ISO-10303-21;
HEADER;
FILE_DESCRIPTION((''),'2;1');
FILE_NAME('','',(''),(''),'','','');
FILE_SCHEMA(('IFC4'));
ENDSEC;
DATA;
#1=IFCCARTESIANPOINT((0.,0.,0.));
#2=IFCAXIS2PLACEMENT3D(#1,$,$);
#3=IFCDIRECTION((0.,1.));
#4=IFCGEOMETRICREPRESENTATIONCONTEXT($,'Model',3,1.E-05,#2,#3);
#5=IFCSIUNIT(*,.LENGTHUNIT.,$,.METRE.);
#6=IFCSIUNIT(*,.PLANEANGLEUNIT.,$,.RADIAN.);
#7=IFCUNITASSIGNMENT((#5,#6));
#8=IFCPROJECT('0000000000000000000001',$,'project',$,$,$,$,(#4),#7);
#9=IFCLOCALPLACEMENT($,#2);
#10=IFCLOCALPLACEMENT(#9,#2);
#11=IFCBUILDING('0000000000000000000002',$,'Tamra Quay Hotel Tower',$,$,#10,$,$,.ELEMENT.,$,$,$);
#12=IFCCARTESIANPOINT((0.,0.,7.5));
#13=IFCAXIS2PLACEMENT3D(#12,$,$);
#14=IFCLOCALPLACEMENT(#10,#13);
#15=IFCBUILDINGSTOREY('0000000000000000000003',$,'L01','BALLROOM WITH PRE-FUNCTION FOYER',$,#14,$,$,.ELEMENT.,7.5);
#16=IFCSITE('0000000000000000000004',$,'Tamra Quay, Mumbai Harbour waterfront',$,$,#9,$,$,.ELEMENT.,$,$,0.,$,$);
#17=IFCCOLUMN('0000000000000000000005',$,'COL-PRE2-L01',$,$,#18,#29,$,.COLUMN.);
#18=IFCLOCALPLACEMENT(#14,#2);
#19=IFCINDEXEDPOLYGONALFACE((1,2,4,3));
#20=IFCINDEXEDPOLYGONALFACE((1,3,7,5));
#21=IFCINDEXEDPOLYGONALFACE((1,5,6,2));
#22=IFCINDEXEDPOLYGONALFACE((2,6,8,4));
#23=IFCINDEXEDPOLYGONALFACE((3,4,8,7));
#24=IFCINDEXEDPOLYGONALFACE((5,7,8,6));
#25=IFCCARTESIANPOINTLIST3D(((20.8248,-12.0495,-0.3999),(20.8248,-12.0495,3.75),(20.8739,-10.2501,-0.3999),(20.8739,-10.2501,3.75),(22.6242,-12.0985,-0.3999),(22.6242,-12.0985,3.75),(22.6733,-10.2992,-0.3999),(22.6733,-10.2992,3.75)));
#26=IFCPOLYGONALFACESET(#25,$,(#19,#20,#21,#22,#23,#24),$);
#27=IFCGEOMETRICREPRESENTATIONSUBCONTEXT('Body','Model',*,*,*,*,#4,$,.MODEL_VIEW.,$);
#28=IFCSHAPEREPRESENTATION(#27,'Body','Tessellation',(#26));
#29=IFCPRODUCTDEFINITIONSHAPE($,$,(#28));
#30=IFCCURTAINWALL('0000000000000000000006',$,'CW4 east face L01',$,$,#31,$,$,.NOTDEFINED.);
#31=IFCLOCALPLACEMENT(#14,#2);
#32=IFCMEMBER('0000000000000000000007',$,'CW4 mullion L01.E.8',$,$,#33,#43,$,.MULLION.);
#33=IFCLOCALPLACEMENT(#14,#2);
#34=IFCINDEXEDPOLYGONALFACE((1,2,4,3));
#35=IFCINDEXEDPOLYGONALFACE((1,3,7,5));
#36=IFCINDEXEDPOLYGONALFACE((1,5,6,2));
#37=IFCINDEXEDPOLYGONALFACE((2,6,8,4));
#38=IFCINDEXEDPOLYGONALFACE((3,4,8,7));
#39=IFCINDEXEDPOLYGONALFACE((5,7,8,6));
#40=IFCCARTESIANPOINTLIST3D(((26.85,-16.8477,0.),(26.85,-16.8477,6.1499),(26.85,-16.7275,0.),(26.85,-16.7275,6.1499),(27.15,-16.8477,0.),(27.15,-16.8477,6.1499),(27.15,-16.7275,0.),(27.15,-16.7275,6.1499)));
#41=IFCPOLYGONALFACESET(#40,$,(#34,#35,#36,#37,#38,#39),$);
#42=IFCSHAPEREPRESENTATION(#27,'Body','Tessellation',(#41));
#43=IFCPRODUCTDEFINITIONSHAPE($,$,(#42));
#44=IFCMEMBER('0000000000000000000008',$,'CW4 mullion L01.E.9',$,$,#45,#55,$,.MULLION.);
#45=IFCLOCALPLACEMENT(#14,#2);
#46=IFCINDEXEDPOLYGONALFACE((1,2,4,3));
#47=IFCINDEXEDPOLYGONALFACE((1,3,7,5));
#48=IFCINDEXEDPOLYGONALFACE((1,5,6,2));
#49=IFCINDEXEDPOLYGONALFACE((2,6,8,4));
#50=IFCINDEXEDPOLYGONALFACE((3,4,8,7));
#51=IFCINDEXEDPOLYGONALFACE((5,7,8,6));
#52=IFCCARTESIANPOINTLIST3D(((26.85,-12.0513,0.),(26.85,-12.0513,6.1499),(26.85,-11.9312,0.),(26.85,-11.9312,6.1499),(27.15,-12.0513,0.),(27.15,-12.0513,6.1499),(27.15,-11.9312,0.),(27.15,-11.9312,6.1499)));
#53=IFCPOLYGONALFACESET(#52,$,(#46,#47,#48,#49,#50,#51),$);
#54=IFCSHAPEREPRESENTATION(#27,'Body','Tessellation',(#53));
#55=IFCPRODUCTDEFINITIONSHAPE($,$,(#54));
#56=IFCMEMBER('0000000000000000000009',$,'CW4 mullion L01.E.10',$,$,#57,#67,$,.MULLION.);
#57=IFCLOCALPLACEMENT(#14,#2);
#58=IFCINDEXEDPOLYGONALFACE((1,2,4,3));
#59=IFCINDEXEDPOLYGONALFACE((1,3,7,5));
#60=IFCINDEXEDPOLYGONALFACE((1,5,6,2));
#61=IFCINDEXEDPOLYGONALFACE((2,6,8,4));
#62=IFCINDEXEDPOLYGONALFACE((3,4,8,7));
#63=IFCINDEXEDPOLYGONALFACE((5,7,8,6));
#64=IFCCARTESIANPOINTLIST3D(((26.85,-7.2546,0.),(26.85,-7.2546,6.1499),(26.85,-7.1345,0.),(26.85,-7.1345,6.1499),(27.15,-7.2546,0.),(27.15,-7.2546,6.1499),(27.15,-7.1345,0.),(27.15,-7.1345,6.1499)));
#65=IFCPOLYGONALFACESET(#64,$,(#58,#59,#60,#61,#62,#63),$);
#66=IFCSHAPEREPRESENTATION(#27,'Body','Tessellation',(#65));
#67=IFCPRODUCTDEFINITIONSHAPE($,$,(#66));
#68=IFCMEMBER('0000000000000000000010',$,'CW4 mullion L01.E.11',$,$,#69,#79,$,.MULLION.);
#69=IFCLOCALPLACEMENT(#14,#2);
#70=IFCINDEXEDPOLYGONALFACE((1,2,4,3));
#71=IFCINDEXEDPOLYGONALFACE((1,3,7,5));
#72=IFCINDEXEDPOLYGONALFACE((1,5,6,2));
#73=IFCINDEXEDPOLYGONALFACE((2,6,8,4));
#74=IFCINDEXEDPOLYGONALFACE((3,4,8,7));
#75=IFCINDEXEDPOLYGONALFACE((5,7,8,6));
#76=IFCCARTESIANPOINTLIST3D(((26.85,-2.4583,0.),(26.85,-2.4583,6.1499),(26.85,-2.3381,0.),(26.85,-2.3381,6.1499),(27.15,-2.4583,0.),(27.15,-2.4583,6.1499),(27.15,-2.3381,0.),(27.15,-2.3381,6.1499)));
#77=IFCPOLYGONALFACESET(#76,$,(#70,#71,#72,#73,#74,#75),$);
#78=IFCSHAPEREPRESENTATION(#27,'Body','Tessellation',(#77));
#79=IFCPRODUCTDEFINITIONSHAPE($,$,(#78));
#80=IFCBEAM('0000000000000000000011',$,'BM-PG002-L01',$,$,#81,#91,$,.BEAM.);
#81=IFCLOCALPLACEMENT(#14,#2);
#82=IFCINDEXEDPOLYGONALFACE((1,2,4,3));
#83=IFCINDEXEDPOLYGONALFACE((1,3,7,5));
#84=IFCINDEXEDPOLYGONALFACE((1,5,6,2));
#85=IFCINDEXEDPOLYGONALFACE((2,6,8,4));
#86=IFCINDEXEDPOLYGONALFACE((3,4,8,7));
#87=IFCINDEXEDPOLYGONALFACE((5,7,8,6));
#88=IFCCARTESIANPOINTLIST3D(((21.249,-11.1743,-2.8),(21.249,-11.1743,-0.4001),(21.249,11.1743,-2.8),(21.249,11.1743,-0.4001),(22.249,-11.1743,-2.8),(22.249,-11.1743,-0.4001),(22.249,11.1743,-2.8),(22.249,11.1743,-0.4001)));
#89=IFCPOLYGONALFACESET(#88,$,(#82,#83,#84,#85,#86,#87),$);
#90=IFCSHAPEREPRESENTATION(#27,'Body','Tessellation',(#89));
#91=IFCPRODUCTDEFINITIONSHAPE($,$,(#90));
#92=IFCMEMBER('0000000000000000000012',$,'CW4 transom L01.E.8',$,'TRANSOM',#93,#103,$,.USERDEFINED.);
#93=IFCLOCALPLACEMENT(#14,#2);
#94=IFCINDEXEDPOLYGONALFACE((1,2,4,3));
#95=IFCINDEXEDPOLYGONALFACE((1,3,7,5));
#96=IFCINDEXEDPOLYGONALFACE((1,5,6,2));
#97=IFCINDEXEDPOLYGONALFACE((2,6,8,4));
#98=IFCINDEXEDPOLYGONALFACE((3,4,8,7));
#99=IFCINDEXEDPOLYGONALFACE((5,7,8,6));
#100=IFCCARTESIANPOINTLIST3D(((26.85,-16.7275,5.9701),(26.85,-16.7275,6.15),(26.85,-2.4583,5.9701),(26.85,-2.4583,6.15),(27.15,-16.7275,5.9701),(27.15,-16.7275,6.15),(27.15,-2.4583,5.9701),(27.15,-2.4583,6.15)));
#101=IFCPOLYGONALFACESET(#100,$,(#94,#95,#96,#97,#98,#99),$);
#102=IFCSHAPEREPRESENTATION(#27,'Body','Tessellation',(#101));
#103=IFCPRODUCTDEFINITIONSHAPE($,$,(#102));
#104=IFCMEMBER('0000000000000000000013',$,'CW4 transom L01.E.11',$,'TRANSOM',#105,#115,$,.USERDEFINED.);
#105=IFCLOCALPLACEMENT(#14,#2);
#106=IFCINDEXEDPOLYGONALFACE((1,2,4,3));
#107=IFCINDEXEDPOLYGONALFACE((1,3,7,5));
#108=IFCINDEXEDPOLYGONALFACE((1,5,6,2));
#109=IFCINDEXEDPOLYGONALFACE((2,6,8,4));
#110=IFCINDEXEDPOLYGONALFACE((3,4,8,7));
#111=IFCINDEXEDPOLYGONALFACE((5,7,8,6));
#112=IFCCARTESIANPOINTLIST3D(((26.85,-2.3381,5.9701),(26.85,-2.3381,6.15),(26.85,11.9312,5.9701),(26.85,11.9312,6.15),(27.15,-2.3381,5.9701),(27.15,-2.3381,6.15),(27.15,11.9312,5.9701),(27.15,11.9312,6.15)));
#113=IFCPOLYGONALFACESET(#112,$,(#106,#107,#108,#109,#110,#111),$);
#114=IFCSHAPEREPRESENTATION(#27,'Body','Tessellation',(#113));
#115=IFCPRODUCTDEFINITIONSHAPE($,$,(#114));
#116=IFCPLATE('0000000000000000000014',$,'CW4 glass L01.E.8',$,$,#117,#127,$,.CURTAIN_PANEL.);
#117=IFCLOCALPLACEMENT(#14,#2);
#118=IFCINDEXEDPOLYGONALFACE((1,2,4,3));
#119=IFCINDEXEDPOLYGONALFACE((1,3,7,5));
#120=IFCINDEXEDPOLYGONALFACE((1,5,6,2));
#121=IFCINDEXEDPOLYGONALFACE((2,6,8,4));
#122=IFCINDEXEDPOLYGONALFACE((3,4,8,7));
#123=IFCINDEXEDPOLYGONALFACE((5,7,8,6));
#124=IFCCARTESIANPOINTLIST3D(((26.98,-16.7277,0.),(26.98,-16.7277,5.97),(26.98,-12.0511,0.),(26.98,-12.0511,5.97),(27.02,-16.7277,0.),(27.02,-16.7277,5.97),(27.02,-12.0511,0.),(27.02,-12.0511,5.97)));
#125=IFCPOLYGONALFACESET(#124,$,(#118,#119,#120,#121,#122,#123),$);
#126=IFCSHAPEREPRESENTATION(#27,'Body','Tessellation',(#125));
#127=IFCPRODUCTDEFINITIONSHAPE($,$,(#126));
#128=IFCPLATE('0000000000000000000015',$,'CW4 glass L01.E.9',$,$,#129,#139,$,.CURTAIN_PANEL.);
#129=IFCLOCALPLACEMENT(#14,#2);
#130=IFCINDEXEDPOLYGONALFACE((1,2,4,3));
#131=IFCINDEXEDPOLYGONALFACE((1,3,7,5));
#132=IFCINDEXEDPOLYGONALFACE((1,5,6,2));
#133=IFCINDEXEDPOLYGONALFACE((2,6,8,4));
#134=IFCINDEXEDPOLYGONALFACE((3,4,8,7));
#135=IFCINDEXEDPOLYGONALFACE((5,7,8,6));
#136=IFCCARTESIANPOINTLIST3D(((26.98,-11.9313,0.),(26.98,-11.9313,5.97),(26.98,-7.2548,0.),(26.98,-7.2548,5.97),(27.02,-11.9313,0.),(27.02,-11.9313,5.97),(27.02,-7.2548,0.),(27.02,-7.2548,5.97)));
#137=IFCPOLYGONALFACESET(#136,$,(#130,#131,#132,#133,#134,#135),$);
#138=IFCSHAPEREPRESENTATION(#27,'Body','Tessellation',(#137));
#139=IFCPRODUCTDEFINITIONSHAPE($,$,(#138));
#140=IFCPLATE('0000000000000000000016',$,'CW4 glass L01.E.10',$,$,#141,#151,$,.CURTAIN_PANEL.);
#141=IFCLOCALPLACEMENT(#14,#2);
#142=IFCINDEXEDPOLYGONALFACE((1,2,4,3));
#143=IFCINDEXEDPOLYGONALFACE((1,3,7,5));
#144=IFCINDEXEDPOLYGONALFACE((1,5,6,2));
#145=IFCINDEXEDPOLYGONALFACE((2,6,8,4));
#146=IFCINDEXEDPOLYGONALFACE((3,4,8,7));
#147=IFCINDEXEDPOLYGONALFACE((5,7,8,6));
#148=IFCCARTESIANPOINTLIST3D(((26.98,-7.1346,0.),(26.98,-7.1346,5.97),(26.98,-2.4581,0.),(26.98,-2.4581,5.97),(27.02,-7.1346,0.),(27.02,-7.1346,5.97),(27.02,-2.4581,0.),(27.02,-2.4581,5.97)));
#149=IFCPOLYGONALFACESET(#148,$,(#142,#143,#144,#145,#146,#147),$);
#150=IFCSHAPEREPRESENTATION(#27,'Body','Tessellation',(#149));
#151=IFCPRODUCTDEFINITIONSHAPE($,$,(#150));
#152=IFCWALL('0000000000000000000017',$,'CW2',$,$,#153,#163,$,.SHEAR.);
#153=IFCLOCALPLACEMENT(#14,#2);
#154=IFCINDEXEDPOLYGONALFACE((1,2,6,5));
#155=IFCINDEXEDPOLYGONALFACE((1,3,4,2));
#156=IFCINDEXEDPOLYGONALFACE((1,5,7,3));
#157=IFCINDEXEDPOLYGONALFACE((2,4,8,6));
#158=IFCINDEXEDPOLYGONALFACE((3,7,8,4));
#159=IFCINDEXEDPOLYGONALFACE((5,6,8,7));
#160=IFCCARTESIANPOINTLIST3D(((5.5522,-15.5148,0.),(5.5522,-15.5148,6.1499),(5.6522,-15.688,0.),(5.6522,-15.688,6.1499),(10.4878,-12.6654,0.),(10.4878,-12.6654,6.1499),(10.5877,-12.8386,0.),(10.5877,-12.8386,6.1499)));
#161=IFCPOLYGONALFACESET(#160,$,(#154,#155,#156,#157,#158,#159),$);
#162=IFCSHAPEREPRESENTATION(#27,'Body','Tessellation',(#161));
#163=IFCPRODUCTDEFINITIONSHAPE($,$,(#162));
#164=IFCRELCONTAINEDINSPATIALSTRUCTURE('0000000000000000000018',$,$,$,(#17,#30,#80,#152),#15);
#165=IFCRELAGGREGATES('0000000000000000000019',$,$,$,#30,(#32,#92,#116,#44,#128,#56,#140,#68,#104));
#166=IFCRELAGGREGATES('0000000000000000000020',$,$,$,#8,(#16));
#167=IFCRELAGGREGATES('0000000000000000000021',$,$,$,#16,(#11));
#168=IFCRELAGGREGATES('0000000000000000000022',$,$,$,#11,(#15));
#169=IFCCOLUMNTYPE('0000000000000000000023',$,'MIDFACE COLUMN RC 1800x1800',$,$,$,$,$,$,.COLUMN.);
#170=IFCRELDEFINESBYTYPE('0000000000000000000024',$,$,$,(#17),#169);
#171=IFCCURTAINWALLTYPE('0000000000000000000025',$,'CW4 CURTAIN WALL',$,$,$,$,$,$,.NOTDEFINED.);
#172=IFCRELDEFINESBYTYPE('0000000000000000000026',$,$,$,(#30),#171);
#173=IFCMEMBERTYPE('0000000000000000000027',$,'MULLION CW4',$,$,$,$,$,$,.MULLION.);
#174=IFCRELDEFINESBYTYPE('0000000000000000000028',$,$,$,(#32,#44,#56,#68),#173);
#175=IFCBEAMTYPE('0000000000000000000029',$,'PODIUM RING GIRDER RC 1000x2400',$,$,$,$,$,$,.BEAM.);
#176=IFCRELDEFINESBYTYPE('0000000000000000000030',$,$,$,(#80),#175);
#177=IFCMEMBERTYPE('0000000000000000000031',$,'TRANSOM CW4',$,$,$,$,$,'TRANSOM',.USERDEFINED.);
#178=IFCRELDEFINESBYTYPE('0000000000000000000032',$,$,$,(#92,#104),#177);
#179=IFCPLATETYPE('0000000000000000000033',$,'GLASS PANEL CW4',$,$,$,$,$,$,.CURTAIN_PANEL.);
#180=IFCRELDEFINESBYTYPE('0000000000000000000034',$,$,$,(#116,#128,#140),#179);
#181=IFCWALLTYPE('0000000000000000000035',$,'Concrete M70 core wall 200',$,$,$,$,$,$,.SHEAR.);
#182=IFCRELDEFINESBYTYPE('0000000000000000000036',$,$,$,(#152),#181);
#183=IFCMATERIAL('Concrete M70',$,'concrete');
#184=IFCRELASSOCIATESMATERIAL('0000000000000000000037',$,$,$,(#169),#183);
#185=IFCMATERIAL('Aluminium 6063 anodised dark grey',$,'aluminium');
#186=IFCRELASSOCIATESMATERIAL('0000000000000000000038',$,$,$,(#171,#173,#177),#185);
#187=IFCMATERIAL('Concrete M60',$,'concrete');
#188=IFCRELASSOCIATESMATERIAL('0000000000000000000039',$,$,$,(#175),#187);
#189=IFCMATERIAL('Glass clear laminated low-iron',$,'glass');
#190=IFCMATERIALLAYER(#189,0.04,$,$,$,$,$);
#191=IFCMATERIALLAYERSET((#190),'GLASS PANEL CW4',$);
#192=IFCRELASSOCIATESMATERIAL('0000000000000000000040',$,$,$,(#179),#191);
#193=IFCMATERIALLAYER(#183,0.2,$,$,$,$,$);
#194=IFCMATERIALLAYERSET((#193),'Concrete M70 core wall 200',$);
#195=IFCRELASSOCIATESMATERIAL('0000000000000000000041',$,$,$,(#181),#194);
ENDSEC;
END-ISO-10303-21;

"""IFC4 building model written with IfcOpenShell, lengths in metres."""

from ifc_helpers import new_model, si_unit, direction, frame, frame_2d, origin, origin_2d, place, context, subcontext, project, spatial, rectangle, extrude, material, layer, layer_set, material_profile, profile_set, type_object, element, aggregate, save


model = new_model("IFC4")

# Units and contexts
model_context = context("Model", 3, precision=1e-05, world=origin(), true_north=direction((0.0, 1.0)))
body_context = subcontext(model_context, "Body", "Model", "MODEL_VIEW")
ifc_project = project(units=[si_unit("LENGTHUNIT", "METRE"), si_unit("PLANEANGLEUNIT", "RADIAN")], contexts=[model_context])

# Site, building, storey
site_placement = place(None, origin())
site = spatial("IfcSite", under=ifc_project, at=site_placement, Name="Tamra Quay, Mumbai Harbour waterfront", CompositionType="ELEMENT", RefElevation=0.0)
building_placement = place(site_placement, origin())
building = spatial("IfcBuilding", under=site, at=building_placement, Name="Tamra Quay Hotel Tower", CompositionType="ELEMENT")
storey_placement = place(building_placement, frame((0.0, 0.0, 7.5)))
storey = spatial("IfcBuildingStorey", under=building, at=storey_placement, Name="L01", Description="BALLROOM WITH PRE-FUNCTION FOYER", CompositionType="ELEMENT", Elevation=7.5)

# Column
ifc_material_1 = material(Name="Concrete M70", Category="concrete")
ifc_material_profile_1 = material_profile(ifc_material_1, rectangle(XDim=1.8, YDim=1.8, at=origin_2d()), Name="MIDFACE COLUMN RC 1800x1800")
ifc_profile_set_1 = profile_set([ifc_material_profile_1], Name="Concrete M70")
column_type = type_object("IfcColumnType", Name="MIDFACE COLUMN RC 1800x1800", PredefinedType="COLUMN", material=ifc_profile_set_1)
column_placement = place(storey_placement, frame((21.749, -11.1743, -0.3999), z_axis=(0.0, 0.0, 1.0), x_axis=(-0.999628, 0.027269, 0.0)))
element("IfcColumn", 1, at=column_placement, inside=storey, type_object=column_type, Name="COL-PRE2-L01", PredefinedType="COLUMN", context=body_context, shape_type="SweptSolid", body=[
    extrude(rectangle(XDim=1.8, YDim=1.8, at=origin_2d()), origin(), (0.0, 0.0, 1.0), 4.1499),
])

# Curtain wall, members
ifc_material_2 = material(Name="Aluminium 6063 anodised dark grey", Category="aluminium")
curtain_wall_type = type_object("IfcCurtainWallType", Name="CW4 CURTAIN WALL", PredefinedType="NOTDEFINED", material=ifc_material_2)
curtain_wall_placement = place(storey_placement, origin())
curtain_wall = element("IfcCurtainWall", 2, at=curtain_wall_placement, inside=storey, type_object=curtain_wall_type, Name="CW4 east face L01", PredefinedType="NOTDEFINED")
ifc_material_profile_2 = material_profile(ifc_material_2, rectangle(XDim=0.3, YDim=0.1201, at=origin_2d()), Name="MULLION 120X300")
ifc_profile_set_2 = profile_set([ifc_material_profile_2], Name="Aluminium 6063 anodised dark grey")
member_type_1 = type_object("IfcMemberType", Name="MULLION CW4", PredefinedType="MULLION", material=ifc_profile_set_2)
member_1_placement = place(storey_placement, frame((27.0, -16.7876, 0.0), z_axis=(0.0, 0.0, 1.0), x_axis=(1.0, 0.0, 0.0)))
member_1 = element("IfcMember", 3, at=member_1_placement, type_object=member_type_1, Name="CW4 mullion L01.E.8", PredefinedType="MULLION", context=body_context, shape_type="SweptSolid", body=[
    extrude(rectangle(XDim=0.3, YDim=0.1201, at=origin_2d()), origin(), (0.0, 0.0, 1.0), 6.1499),
])
member_2_placement = place(storey_placement, frame((27.0, -11.9912, 0.0), z_axis=(0.0, 0.0, 1.0), x_axis=(1.0, 0.0, 0.0)))
member_2 = element("IfcMember", 4, at=member_2_placement, type_object=member_type_1, Name="CW4 mullion L01.E.9", PredefinedType="MULLION", context=body_context, shape_type="SweptSolid", body=[
    extrude(rectangle(XDim=0.3, YDim=0.1201, at=origin_2d()), origin(), (0.0, 0.0, 1.0), 6.1499),
])
member_3_placement = place(storey_placement, frame((27.0, -7.1946, 0.0), z_axis=(0.0, 0.0, 1.0), x_axis=(1.0, 0.0, 0.0)))
member_3 = element("IfcMember", 5, at=member_3_placement, type_object=member_type_1, Name="CW4 mullion L01.E.10", PredefinedType="MULLION", context=body_context, shape_type="SweptSolid", body=[
    extrude(rectangle(XDim=0.3, YDim=0.1201, at=origin_2d()), origin(), (0.0, 0.0, 1.0), 6.1499),
])
member_4_placement = place(storey_placement, frame((27.0, -2.3982, 0.0), z_axis=(0.0, 0.0, 1.0), x_axis=(1.0, 0.0, 0.0)))
member_4 = element("IfcMember", 6, at=member_4_placement, type_object=member_type_1, Name="CW4 mullion L01.E.11", PredefinedType="MULLION", context=body_context, shape_type="SweptSolid", body=[
    extrude(rectangle(XDim=0.3, YDim=0.1201, at=origin_2d()), origin(), (0.0, 0.0, 1.0), 6.1499),
])

# Beam
ifc_material_3 = material(Name="Concrete M60", Category="concrete")
ifc_material_profile_3 = material_profile(ifc_material_3, rectangle(XDim=1.0, YDim=2.3999, at=origin_2d()), Name="PODIUM RING GIRDER RC 1000x2400")
ifc_profile_set_3 = profile_set([ifc_material_profile_3], Name="Concrete M60")
beam_type = type_object("IfcBeamType", Name="PODIUM RING GIRDER RC 1000x2400", PredefinedType="BEAM", material=ifc_profile_set_3)
beam_placement = place(storey_placement, frame((21.749, -11.1743, -1.6001), z_axis=(0.0, 1.0, 0.0), x_axis=(-1.0, 0.0, 0.0)))
element("IfcBeam", 7, at=beam_placement, inside=storey, type_object=beam_type, Name="BM-PG002-L01", PredefinedType="BEAM", context=body_context, shape_type="SweptSolid", body=[
    extrude(rectangle(XDim=1.0, YDim=2.3999, at=origin_2d()), origin(), (0.0, 0.0, 1.0), 22.3486),
])

# Members
ifc_material_profile_4 = material_profile(ifc_material_2, rectangle(XDim=0.3, YDim=0.1799, at=origin_2d()), Name="TRANSOM 300X180")
ifc_profile_set_4 = profile_set([ifc_material_profile_4], Name="Aluminium 6063 anodised dark grey")
member_type_2 = type_object("IfcMemberType", Name="TRANSOM CW4", ElementType="TRANSOM", PredefinedType="USERDEFINED", material=ifc_profile_set_4)
member_5_placement = place(storey_placement, frame((27.0, -16.7275, 6.0601), z_axis=(0.0, 1.0, 0.0), x_axis=(-1.0, 0.0, 0.0)))
member_5 = element("IfcMember", 8, at=member_5_placement, type_object=member_type_2, Name="CW4 transom L01.E.8", ObjectType="TRANSOM", PredefinedType="USERDEFINED", context=body_context, shape_type="SweptSolid", body=[
    extrude(rectangle(XDim=0.3, YDim=0.1799, at=origin_2d()), origin(), (0.0, 0.0, 1.0), 14.2693),
])
member_6_placement = place(storey_placement, frame((27.0, -2.3381, 6.0601), z_axis=(0.0, 1.0, 0.0), x_axis=(-1.0, 0.0, 0.0)))
member_6 = element("IfcMember", 9, at=member_6_placement, type_object=member_type_2, Name="CW4 transom L01.E.11", ObjectType="TRANSOM", PredefinedType="USERDEFINED", context=body_context, shape_type="SweptSolid", body=[
    extrude(rectangle(XDim=0.3, YDim=0.1799, at=origin_2d()), origin(), (0.0, 0.0, 1.0), 14.2693),
])

# Plates
ifc_material_4 = material(Name="Glass clear laminated low-iron", Category="glass")
ifc_layer_1 = layer(ifc_material_4, 0.04)
ifc_layer_set_1 = layer_set([ifc_layer_1], Name="GLASS PANEL CW4")
plate_type = type_object("IfcPlateType", Name="GLASS PANEL CW4", PredefinedType="CURTAIN_PANEL", material=ifc_layer_set_1)
plate_1_placement = place(storey_placement, frame((27.0, -14.3894, 0.0), z_axis=(0.0, 0.0, 1.0), x_axis=(0.0, 1.0, 0.0)))
plate_1 = element("IfcPlate", 10, at=plate_1_placement, type_object=plate_type, Name="CW4 glass L01.E.8", PredefinedType="CURTAIN_PANEL", context=body_context, shape_type="SweptSolid", body=[
    extrude(rectangle(XDim=4.6765, YDim=0.04, at=origin_2d()), origin(), (0.0, 0.0, 1.0), 5.97),
])
plate_2_placement = place(storey_placement, frame((27.0, -9.593, 0.0), z_axis=(0.0, 0.0, 1.0), x_axis=(0.0, 1.0, 0.0)))
plate_2 = element("IfcPlate", 11, at=plate_2_placement, type_object=plate_type, Name="CW4 glass L01.E.9", PredefinedType="CURTAIN_PANEL", context=body_context, shape_type="SweptSolid", body=[
    extrude(rectangle(XDim=4.6765, YDim=0.04, at=origin_2d()), origin(), (0.0, 0.0, 1.0), 5.97),
])
plate_3_placement = place(storey_placement, frame((27.0, -4.7964, 0.0), z_axis=(0.0, 0.0, 1.0), x_axis=(0.0, 1.0, 0.0)))
plate_3 = element("IfcPlate", 12, at=plate_3_placement, type_object=plate_type, Name="CW4 glass L01.E.10", PredefinedType="CURTAIN_PANEL", context=body_context, shape_type="SweptSolid", body=[
    extrude(rectangle(XDim=4.6765, YDim=0.04, at=origin_2d()), origin(), (0.0, 0.0, 1.0), 5.97),
])
aggregate(curtain_wall, [member_1, member_5, plate_1, member_2, plate_2, member_3, plate_3, member_4, member_6])

# Wall
ifc_layer_2 = layer(ifc_material_1, 0.2)
ifc_layer_set_2 = layer_set([ifc_layer_2], Name="Concrete M70 core wall 200")
wall_type_1 = type_object("IfcWallType", Name="Concrete M70 core wall 200", PredefinedType="SHEAR", material=ifc_layer_set_2)
wall_1_placement = place(storey_placement, frame((10.5378, -12.752, 0.0), z_axis=(0.0, 0.0, 1.0), x_axis=(-0.866039, -0.499977, 0.0)))
element("IfcWall", 13, at=wall_1_placement, inside=storey, type_object=wall_type_1, Name="CW2", PredefinedType="SHEAR", context=body_context, shape_type="SweptSolid", body=[
    extrude(rectangle(XDim=5.699, YDim=0.2, at=frame_2d((2.8496, 0.0))), origin(), (0.0, 0.0, 1.0), 6.1499),
])

save(model, "model.ifc")
